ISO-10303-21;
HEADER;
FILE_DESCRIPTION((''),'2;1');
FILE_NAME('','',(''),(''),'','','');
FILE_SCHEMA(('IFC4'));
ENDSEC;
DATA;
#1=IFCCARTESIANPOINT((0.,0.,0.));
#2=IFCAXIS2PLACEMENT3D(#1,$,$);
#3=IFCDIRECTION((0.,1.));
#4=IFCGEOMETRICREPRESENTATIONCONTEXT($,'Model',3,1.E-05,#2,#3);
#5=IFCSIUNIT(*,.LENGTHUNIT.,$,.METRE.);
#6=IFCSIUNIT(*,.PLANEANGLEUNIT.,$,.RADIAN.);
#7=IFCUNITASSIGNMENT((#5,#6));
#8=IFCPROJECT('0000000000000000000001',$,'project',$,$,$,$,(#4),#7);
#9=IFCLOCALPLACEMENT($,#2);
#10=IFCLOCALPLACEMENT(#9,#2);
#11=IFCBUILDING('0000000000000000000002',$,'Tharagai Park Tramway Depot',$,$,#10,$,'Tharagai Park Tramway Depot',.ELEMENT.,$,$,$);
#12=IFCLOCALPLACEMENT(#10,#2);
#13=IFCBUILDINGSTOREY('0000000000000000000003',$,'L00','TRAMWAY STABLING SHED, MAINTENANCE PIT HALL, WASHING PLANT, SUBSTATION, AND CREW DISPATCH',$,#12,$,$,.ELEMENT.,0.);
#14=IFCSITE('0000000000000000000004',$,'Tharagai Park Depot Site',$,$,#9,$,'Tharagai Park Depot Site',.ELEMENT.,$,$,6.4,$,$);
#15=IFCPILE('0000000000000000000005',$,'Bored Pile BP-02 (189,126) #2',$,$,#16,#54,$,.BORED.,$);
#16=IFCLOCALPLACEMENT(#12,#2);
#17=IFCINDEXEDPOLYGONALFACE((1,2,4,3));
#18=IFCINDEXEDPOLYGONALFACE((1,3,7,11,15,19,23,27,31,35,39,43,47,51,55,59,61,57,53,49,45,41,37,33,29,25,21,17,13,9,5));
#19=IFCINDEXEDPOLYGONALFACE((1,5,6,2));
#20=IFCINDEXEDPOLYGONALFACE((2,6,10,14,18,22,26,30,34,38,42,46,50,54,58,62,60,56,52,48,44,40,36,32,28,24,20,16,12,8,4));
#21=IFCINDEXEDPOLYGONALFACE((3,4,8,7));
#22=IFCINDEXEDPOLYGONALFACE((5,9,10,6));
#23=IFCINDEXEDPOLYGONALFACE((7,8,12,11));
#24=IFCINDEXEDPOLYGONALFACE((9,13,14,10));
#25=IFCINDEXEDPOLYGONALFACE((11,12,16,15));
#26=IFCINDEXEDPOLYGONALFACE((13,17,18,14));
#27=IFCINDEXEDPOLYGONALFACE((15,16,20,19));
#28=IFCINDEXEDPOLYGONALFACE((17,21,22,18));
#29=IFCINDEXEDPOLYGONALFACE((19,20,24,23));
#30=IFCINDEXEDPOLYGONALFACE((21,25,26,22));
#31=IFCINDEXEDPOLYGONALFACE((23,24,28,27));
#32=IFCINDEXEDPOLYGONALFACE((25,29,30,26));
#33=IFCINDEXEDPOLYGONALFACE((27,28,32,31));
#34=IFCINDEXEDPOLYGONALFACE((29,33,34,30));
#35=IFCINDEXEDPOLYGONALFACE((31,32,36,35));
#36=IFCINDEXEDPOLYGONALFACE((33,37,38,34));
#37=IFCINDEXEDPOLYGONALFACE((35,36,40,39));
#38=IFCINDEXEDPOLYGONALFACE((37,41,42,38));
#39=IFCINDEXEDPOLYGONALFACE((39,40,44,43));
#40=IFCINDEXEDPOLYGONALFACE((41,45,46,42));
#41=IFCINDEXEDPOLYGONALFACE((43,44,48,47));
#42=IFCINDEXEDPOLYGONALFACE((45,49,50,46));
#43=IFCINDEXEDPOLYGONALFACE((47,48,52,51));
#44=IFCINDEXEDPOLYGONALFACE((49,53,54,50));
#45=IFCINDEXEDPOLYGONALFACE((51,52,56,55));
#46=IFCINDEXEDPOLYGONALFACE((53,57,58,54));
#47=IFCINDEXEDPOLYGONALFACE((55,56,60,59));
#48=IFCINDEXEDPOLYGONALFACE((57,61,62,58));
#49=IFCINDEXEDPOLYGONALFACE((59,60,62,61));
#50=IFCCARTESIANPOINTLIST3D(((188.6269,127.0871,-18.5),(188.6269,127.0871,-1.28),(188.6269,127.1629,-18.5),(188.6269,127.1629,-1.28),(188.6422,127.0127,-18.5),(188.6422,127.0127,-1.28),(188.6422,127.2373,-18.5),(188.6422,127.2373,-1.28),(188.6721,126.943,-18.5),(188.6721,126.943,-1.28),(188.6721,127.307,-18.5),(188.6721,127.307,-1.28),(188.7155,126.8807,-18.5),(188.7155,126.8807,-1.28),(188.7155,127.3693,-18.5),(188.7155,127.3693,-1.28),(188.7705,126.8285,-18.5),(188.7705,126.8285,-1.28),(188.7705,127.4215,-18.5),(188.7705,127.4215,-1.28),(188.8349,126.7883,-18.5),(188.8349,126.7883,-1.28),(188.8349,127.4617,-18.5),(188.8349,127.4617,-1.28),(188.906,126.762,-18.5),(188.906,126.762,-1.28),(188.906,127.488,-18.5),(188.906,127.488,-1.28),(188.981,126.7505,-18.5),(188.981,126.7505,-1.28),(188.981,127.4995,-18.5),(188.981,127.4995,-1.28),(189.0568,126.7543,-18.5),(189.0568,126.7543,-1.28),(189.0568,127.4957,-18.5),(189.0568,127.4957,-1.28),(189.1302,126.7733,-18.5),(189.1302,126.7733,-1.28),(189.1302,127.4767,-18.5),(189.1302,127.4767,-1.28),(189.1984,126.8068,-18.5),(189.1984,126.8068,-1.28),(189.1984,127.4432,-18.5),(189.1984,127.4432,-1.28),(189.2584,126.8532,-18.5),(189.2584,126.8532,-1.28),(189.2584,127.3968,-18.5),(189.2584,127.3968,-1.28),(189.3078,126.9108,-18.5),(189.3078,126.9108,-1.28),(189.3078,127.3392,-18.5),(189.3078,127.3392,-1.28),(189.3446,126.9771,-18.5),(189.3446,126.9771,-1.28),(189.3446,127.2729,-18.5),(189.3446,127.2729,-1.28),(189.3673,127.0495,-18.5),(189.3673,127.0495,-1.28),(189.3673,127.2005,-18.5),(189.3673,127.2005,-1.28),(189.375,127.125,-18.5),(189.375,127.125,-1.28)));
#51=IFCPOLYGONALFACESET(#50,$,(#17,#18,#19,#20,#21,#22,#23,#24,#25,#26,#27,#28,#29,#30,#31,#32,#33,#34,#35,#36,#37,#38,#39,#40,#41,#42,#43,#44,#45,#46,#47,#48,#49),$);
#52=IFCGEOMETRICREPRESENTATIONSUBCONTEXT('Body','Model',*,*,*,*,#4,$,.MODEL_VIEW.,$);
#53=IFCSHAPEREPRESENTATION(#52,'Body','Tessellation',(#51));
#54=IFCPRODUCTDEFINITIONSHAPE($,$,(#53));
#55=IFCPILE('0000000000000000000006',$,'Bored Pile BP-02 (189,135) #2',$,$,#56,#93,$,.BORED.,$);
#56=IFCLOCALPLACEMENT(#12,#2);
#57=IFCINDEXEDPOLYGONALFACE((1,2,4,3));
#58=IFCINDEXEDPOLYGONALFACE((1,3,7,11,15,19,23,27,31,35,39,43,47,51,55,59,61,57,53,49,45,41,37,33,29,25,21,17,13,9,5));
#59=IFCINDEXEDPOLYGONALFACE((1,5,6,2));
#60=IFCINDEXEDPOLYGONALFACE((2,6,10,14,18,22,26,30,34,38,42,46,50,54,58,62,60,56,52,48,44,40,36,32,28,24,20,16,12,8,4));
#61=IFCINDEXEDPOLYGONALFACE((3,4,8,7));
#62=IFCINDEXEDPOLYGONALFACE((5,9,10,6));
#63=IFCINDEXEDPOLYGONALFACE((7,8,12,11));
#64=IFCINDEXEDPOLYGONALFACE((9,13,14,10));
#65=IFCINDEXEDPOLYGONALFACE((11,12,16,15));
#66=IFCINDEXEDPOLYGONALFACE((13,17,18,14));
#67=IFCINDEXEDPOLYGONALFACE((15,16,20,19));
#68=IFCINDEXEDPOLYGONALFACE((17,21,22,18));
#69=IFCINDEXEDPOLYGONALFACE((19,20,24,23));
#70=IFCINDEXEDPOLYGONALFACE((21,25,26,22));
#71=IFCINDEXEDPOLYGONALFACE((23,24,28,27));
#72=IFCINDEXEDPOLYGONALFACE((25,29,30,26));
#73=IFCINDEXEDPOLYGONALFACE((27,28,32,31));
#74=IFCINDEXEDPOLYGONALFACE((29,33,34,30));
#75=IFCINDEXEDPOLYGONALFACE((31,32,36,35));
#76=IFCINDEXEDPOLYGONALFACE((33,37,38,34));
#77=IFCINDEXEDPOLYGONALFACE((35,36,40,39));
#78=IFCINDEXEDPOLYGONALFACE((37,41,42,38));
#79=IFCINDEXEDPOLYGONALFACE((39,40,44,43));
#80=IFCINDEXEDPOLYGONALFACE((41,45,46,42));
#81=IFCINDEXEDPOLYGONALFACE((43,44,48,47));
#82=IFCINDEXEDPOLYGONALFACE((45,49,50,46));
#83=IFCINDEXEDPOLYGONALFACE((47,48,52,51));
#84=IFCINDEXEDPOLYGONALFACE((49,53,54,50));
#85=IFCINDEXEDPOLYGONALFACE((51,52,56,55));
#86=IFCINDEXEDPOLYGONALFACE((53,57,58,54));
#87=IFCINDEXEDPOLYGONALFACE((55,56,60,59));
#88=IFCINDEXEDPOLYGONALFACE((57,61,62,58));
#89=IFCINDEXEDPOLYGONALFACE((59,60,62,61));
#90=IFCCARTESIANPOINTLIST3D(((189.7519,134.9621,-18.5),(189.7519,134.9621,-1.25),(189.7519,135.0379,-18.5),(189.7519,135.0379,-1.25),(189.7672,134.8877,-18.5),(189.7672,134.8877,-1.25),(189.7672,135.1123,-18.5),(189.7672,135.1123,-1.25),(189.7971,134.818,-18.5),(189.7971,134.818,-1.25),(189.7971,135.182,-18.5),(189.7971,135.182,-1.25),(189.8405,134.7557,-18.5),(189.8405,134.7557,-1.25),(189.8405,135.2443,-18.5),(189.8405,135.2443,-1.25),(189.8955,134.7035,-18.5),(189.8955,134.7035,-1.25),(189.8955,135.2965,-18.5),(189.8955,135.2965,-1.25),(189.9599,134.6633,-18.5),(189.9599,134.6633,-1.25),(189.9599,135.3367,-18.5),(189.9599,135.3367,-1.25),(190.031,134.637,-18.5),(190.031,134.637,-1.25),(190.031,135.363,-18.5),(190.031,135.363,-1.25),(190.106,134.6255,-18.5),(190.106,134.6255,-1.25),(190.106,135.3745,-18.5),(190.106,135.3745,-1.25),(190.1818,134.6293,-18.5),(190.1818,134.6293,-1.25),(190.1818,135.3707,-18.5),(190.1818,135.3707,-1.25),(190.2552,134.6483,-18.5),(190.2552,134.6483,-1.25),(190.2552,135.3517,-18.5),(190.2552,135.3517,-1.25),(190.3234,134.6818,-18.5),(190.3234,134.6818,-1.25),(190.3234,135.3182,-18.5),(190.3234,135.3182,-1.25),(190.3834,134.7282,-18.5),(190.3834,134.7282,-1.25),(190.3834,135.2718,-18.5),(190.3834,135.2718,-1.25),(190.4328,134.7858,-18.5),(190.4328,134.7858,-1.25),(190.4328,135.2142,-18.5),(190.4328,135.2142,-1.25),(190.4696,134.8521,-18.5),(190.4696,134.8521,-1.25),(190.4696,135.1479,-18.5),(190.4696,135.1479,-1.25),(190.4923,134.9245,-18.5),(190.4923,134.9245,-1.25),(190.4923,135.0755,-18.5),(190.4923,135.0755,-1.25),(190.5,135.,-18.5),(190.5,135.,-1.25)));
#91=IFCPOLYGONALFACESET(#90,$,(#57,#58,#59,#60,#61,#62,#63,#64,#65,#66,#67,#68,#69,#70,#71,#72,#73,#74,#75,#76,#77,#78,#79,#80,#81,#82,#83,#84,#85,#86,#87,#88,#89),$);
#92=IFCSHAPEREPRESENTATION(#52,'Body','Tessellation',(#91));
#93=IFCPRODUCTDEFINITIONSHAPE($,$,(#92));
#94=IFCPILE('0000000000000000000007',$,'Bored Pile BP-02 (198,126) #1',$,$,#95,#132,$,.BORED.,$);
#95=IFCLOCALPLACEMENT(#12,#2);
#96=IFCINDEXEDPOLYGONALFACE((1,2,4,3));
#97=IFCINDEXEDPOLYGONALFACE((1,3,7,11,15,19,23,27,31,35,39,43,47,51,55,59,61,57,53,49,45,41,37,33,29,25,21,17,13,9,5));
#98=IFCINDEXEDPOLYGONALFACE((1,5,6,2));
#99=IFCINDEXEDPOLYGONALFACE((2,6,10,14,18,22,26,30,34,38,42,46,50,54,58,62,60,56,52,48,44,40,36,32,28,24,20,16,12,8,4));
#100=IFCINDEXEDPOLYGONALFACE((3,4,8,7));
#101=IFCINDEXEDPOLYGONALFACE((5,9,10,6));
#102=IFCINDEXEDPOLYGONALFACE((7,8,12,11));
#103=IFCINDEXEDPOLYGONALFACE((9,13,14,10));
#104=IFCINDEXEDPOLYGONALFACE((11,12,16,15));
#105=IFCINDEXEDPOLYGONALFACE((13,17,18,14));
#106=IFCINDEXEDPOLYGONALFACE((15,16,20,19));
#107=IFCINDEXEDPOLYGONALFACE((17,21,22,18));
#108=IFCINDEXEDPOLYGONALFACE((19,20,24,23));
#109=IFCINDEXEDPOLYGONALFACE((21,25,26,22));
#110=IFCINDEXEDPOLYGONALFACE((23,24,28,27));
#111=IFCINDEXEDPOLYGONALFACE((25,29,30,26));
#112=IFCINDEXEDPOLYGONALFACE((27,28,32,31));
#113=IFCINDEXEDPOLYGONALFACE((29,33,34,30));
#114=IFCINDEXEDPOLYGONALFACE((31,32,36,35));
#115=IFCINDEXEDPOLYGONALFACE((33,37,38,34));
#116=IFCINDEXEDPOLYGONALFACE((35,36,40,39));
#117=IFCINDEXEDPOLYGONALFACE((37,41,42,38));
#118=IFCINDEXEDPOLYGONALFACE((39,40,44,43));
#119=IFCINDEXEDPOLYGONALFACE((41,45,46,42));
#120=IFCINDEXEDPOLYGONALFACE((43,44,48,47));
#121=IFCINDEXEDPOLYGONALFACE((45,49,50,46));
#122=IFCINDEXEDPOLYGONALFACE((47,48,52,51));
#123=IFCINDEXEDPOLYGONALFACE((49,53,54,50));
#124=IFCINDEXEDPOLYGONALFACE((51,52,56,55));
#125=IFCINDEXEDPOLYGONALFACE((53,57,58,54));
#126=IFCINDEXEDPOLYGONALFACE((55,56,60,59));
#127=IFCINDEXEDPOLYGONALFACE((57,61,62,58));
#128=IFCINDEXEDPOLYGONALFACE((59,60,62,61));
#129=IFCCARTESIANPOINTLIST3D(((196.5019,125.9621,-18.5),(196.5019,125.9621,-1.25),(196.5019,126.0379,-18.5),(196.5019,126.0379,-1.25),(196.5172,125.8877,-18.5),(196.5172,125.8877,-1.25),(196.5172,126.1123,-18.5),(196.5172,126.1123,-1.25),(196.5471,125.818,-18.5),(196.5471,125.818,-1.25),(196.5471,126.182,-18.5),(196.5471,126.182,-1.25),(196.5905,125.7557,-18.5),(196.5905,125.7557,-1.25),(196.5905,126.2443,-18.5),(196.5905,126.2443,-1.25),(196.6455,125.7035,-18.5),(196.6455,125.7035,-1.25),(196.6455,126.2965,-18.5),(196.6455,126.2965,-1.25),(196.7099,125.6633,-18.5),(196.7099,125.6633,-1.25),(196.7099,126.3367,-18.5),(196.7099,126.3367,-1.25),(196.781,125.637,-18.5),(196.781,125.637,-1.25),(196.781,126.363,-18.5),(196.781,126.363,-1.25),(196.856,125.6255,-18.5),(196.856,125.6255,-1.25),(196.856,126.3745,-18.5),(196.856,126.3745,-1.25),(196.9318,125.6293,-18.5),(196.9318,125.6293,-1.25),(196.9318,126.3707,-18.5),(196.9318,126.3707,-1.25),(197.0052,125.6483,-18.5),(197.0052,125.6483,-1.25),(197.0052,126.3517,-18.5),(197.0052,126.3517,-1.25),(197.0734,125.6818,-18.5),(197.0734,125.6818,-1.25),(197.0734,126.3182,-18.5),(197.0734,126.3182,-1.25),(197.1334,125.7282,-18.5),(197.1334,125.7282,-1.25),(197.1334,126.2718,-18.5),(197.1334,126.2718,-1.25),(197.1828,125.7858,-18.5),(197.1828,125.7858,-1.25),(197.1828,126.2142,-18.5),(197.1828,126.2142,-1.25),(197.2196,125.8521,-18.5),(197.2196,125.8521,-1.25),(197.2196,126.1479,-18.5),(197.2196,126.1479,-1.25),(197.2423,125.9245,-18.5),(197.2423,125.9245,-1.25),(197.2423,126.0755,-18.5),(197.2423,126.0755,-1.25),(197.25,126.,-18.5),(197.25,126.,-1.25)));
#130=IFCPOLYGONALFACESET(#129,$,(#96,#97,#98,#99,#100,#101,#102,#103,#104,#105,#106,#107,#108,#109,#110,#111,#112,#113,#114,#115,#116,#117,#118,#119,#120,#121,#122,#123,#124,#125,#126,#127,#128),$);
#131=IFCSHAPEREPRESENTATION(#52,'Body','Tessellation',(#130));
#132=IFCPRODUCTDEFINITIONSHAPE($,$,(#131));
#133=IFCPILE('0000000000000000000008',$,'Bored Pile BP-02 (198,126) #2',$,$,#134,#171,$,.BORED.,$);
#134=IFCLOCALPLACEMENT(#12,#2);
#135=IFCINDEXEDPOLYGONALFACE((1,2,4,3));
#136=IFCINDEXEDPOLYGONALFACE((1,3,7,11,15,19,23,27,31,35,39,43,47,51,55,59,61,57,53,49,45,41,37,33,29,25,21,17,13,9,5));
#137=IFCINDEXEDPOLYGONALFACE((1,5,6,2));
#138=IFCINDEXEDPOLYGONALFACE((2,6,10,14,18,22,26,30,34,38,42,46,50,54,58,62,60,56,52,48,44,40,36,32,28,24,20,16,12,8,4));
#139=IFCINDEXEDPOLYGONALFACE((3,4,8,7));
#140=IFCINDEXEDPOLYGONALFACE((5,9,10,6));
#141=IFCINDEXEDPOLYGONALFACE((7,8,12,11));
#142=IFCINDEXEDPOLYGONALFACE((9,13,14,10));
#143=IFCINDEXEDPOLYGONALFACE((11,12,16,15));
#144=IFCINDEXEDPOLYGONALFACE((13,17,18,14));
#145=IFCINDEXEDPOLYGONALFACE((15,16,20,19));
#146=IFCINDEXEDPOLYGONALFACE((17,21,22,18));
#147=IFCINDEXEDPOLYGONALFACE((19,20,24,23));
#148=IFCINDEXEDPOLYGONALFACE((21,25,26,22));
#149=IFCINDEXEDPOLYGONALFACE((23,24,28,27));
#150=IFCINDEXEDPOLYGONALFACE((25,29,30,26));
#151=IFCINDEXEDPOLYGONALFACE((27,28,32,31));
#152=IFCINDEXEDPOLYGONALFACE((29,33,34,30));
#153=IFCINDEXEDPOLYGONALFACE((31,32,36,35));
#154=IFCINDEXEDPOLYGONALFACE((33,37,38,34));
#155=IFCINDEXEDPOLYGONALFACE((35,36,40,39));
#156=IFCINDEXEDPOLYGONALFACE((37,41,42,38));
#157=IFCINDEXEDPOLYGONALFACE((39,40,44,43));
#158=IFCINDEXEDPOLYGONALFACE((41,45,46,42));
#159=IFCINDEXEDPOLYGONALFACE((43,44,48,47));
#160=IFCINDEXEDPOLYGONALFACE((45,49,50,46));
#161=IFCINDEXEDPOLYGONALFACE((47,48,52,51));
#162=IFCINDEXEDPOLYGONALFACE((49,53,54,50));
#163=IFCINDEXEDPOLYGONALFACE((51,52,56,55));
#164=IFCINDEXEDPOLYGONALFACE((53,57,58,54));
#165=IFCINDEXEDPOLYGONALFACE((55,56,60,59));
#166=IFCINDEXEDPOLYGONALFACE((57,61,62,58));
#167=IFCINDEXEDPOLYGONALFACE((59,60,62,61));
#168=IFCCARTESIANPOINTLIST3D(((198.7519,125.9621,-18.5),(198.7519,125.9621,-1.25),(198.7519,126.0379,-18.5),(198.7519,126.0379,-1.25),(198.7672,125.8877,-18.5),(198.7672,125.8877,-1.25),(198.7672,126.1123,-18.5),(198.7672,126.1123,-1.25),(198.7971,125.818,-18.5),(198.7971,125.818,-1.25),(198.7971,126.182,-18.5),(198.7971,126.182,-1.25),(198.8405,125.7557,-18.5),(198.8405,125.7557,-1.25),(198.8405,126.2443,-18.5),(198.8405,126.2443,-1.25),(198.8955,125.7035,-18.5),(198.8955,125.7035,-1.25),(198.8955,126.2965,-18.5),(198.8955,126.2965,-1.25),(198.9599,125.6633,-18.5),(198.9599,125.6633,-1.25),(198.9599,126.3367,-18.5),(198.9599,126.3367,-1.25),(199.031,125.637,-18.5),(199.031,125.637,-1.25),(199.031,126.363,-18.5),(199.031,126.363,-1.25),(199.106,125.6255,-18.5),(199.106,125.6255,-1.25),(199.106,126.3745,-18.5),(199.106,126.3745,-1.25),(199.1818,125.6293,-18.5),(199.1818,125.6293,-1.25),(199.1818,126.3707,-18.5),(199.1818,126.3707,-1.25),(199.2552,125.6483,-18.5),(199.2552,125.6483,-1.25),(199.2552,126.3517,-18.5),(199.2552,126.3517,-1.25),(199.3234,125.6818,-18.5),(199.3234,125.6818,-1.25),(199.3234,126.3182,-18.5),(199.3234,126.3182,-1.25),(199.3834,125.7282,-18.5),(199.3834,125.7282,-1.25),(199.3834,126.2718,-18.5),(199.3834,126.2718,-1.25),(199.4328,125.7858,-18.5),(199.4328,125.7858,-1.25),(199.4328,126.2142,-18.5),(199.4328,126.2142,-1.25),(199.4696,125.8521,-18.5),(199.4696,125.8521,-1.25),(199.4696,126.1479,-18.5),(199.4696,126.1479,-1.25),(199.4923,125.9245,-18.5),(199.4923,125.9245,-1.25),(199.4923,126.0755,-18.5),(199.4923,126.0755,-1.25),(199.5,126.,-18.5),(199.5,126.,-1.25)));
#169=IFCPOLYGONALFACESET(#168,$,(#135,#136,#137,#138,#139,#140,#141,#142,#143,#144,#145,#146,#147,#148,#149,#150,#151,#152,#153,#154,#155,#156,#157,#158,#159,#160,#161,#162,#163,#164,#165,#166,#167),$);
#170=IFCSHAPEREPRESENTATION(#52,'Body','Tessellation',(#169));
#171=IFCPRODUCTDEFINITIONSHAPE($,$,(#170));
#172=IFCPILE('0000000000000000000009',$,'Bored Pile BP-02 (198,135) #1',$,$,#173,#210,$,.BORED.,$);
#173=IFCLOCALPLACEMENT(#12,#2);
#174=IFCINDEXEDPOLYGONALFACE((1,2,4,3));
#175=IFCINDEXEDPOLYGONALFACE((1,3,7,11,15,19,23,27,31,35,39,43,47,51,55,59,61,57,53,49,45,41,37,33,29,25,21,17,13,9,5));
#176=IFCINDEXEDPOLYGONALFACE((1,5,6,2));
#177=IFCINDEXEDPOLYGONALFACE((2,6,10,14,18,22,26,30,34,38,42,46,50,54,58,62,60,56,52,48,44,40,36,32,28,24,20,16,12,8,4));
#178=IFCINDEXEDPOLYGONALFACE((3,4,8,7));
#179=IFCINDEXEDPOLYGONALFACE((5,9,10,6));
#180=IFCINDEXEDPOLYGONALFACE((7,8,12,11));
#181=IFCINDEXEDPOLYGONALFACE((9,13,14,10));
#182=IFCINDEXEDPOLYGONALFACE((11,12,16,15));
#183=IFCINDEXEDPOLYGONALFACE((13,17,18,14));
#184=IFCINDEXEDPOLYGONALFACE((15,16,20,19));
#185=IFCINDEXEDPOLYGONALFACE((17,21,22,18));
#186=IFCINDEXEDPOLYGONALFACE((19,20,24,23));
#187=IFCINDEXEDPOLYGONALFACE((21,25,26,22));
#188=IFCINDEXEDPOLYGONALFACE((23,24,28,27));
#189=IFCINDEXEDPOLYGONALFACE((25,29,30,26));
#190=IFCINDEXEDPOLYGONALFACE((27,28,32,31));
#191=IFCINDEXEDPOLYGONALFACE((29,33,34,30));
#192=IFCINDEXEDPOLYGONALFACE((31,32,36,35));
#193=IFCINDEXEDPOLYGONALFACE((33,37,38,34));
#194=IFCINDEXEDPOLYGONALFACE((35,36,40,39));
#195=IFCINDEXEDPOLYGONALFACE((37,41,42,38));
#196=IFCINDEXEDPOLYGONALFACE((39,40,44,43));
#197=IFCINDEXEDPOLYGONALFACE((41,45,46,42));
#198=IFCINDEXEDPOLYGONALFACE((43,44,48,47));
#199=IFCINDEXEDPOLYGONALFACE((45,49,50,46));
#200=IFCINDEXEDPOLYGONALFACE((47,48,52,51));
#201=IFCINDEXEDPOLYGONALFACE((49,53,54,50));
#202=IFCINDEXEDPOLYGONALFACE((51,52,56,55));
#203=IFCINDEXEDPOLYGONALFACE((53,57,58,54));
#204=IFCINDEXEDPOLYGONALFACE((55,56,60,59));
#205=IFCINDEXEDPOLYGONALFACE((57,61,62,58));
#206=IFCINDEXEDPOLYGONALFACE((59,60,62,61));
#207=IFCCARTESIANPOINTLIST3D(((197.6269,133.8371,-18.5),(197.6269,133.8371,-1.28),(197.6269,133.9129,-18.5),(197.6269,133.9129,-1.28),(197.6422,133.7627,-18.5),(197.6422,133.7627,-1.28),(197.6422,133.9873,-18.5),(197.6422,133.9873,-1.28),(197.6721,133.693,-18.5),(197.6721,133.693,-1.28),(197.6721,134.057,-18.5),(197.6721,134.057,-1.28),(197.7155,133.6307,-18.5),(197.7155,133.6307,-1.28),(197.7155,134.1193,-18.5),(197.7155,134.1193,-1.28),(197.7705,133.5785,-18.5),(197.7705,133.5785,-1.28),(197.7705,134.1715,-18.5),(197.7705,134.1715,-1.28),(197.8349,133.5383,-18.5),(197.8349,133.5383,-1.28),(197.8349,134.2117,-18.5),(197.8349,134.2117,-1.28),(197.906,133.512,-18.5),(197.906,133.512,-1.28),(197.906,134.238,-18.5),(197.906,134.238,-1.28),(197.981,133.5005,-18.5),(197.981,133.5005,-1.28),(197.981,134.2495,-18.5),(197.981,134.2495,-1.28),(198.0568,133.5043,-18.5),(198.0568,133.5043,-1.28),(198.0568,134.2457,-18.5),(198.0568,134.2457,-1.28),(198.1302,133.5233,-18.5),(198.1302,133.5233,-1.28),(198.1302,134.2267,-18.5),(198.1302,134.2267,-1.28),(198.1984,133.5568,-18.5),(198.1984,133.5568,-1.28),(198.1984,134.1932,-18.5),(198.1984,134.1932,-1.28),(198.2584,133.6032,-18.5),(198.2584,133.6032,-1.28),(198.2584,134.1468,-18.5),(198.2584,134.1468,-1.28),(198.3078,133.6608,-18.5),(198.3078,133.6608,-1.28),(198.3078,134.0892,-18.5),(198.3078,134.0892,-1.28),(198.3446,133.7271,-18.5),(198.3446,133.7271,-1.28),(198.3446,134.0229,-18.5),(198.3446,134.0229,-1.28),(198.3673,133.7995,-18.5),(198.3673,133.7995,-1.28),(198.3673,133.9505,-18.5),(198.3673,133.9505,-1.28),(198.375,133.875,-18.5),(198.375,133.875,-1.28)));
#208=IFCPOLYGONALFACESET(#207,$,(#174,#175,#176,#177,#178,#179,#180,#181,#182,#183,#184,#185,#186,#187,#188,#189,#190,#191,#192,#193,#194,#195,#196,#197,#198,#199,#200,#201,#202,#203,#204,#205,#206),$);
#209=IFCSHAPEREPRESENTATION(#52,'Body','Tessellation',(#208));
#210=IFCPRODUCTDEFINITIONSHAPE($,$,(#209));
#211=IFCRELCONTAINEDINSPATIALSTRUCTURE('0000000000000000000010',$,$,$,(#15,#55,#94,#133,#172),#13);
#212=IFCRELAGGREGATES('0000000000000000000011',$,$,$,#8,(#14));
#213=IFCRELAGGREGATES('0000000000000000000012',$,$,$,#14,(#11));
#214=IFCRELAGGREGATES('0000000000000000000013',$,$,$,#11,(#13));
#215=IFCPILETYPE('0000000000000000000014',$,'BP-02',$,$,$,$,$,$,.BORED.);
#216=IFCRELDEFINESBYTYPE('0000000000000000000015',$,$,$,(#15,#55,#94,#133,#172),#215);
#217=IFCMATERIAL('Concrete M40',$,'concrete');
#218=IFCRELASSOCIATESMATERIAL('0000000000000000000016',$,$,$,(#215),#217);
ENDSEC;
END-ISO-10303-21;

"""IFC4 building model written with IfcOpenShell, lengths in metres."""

from ifc_helpers import new_model, si_unit, direction, frame, origin, origin_2d, place, context, subcontext, project, spatial, circle, extrude, material, material_profile, profile_set, type_object, element, save


model = new_model("IFC4")

# Units and contexts
model_context = context("Model", 3, precision=1e-05, world=origin(), true_north=direction((0.0, 1.0)))
body_context = subcontext(model_context, "Body", "Model", "MODEL_VIEW")
ifc_project = project(units=[si_unit("LENGTHUNIT", "METRE"), si_unit("PLANEANGLEUNIT", "RADIAN")], contexts=[model_context])

# Site, building, storey
site_placement = place(None, origin())
site = spatial("IfcSite", under=ifc_project, at=site_placement, Name="Tharagai Park Depot Site", LongName="Tharagai Park Depot Site", CompositionType="ELEMENT", RefElevation=6.4)
building_placement = place(site_placement, origin())
building = spatial("IfcBuilding", under=site, at=building_placement, Name="Tharagai Park Tramway Depot", LongName="Tharagai Park Tramway Depot", CompositionType="ELEMENT")
storey_placement = place(building_placement, origin())
storey = spatial("IfcBuildingStorey", under=building, at=storey_placement, Name="L00", Description="TRAMWAY STABLING SHED, MAINTENANCE PIT HALL, WASHING PLANT, SUBSTATION, AND CREW DISPATCH", CompositionType="ELEMENT", Elevation=0.0)

# Piles
ifc_material_1 = material(Name="Concrete M40", Category="concrete")
ifc_material_profile_1 = material_profile(ifc_material_1, circle(Radius=0.375, at=origin_2d()), Name="PILE D750")
ifc_profile_set_1 = profile_set([ifc_material_profile_1], Name="Concrete M40")
pile_type = type_object("IfcPileType", Name="BP-02", PredefinedType="BORED", material=ifc_profile_set_1)
pile_placement = place(storey_placement, frame((189.0, 127.125, -1.28), z_axis=(0.0, 0.0, -1.0), x_axis=(1.0, 0.0, 0.0)))
element("IfcPile", 1, at=pile_placement, inside=storey, type_object=pile_type, Name="Bored Pile BP-02 (189,126) #2", PredefinedType="BORED", context=body_context, shape_type="SweptSolid", body=[
    extrude(circle(Radius=0.375, at=origin_2d()), origin(), (0.0, 0.0, 1.0), 17.22),
])
for number, where, z_axis, x_axis, name in (
    (2, (190.125, 135.0, -1.25), (0.0, 0.0, -1.0), (1.0, 0.0, 0.0), "Bored Pile BP-02 (189,135) #2"),
    (3, (196.875, 126.0, -1.25), (0.0, 0.0, -1.0), (1.0, 0.0, 0.0), "Bored Pile BP-02 (198,126) #1"),
    (4, (199.125, 126.0, -1.25), (0.0, 0.0, -1.0), (1.0, 0.0, 0.0), "Bored Pile BP-02 (198,126) #2"),
):
    element("IfcPile", number, at=place(storey_placement, frame(where, z_axis=z_axis, x_axis=x_axis)), inside=storey, type_object=pile_type, Name=name, PredefinedType="BORED", context=body_context, shape_type="SweptSolid", body=[
        extrude(circle(Radius=0.375, at=origin_2d()), origin(), (0.0, 0.0, 1.0), 17.25),
    ])
for number, where, z_axis, x_axis, name in (
    (5, (198.0, 133.875, -1.28), (0.0, 0.0, -1.0), (1.0, 0.0, 0.0), "Bored Pile BP-02 (198,135) #1"),
):
    element("IfcPile", number, at=place(storey_placement, frame(where, z_axis=z_axis, x_axis=x_axis)), inside=storey, type_object=pile_type, Name=name, PredefinedType="BORED", context=body_context, shape_type="SweptSolid", body=[
        extrude(circle(Radius=0.375, at=origin_2d()), origin(), (0.0, 0.0, 1.0), 17.22),
    ])

save(model, "model.ifc")
